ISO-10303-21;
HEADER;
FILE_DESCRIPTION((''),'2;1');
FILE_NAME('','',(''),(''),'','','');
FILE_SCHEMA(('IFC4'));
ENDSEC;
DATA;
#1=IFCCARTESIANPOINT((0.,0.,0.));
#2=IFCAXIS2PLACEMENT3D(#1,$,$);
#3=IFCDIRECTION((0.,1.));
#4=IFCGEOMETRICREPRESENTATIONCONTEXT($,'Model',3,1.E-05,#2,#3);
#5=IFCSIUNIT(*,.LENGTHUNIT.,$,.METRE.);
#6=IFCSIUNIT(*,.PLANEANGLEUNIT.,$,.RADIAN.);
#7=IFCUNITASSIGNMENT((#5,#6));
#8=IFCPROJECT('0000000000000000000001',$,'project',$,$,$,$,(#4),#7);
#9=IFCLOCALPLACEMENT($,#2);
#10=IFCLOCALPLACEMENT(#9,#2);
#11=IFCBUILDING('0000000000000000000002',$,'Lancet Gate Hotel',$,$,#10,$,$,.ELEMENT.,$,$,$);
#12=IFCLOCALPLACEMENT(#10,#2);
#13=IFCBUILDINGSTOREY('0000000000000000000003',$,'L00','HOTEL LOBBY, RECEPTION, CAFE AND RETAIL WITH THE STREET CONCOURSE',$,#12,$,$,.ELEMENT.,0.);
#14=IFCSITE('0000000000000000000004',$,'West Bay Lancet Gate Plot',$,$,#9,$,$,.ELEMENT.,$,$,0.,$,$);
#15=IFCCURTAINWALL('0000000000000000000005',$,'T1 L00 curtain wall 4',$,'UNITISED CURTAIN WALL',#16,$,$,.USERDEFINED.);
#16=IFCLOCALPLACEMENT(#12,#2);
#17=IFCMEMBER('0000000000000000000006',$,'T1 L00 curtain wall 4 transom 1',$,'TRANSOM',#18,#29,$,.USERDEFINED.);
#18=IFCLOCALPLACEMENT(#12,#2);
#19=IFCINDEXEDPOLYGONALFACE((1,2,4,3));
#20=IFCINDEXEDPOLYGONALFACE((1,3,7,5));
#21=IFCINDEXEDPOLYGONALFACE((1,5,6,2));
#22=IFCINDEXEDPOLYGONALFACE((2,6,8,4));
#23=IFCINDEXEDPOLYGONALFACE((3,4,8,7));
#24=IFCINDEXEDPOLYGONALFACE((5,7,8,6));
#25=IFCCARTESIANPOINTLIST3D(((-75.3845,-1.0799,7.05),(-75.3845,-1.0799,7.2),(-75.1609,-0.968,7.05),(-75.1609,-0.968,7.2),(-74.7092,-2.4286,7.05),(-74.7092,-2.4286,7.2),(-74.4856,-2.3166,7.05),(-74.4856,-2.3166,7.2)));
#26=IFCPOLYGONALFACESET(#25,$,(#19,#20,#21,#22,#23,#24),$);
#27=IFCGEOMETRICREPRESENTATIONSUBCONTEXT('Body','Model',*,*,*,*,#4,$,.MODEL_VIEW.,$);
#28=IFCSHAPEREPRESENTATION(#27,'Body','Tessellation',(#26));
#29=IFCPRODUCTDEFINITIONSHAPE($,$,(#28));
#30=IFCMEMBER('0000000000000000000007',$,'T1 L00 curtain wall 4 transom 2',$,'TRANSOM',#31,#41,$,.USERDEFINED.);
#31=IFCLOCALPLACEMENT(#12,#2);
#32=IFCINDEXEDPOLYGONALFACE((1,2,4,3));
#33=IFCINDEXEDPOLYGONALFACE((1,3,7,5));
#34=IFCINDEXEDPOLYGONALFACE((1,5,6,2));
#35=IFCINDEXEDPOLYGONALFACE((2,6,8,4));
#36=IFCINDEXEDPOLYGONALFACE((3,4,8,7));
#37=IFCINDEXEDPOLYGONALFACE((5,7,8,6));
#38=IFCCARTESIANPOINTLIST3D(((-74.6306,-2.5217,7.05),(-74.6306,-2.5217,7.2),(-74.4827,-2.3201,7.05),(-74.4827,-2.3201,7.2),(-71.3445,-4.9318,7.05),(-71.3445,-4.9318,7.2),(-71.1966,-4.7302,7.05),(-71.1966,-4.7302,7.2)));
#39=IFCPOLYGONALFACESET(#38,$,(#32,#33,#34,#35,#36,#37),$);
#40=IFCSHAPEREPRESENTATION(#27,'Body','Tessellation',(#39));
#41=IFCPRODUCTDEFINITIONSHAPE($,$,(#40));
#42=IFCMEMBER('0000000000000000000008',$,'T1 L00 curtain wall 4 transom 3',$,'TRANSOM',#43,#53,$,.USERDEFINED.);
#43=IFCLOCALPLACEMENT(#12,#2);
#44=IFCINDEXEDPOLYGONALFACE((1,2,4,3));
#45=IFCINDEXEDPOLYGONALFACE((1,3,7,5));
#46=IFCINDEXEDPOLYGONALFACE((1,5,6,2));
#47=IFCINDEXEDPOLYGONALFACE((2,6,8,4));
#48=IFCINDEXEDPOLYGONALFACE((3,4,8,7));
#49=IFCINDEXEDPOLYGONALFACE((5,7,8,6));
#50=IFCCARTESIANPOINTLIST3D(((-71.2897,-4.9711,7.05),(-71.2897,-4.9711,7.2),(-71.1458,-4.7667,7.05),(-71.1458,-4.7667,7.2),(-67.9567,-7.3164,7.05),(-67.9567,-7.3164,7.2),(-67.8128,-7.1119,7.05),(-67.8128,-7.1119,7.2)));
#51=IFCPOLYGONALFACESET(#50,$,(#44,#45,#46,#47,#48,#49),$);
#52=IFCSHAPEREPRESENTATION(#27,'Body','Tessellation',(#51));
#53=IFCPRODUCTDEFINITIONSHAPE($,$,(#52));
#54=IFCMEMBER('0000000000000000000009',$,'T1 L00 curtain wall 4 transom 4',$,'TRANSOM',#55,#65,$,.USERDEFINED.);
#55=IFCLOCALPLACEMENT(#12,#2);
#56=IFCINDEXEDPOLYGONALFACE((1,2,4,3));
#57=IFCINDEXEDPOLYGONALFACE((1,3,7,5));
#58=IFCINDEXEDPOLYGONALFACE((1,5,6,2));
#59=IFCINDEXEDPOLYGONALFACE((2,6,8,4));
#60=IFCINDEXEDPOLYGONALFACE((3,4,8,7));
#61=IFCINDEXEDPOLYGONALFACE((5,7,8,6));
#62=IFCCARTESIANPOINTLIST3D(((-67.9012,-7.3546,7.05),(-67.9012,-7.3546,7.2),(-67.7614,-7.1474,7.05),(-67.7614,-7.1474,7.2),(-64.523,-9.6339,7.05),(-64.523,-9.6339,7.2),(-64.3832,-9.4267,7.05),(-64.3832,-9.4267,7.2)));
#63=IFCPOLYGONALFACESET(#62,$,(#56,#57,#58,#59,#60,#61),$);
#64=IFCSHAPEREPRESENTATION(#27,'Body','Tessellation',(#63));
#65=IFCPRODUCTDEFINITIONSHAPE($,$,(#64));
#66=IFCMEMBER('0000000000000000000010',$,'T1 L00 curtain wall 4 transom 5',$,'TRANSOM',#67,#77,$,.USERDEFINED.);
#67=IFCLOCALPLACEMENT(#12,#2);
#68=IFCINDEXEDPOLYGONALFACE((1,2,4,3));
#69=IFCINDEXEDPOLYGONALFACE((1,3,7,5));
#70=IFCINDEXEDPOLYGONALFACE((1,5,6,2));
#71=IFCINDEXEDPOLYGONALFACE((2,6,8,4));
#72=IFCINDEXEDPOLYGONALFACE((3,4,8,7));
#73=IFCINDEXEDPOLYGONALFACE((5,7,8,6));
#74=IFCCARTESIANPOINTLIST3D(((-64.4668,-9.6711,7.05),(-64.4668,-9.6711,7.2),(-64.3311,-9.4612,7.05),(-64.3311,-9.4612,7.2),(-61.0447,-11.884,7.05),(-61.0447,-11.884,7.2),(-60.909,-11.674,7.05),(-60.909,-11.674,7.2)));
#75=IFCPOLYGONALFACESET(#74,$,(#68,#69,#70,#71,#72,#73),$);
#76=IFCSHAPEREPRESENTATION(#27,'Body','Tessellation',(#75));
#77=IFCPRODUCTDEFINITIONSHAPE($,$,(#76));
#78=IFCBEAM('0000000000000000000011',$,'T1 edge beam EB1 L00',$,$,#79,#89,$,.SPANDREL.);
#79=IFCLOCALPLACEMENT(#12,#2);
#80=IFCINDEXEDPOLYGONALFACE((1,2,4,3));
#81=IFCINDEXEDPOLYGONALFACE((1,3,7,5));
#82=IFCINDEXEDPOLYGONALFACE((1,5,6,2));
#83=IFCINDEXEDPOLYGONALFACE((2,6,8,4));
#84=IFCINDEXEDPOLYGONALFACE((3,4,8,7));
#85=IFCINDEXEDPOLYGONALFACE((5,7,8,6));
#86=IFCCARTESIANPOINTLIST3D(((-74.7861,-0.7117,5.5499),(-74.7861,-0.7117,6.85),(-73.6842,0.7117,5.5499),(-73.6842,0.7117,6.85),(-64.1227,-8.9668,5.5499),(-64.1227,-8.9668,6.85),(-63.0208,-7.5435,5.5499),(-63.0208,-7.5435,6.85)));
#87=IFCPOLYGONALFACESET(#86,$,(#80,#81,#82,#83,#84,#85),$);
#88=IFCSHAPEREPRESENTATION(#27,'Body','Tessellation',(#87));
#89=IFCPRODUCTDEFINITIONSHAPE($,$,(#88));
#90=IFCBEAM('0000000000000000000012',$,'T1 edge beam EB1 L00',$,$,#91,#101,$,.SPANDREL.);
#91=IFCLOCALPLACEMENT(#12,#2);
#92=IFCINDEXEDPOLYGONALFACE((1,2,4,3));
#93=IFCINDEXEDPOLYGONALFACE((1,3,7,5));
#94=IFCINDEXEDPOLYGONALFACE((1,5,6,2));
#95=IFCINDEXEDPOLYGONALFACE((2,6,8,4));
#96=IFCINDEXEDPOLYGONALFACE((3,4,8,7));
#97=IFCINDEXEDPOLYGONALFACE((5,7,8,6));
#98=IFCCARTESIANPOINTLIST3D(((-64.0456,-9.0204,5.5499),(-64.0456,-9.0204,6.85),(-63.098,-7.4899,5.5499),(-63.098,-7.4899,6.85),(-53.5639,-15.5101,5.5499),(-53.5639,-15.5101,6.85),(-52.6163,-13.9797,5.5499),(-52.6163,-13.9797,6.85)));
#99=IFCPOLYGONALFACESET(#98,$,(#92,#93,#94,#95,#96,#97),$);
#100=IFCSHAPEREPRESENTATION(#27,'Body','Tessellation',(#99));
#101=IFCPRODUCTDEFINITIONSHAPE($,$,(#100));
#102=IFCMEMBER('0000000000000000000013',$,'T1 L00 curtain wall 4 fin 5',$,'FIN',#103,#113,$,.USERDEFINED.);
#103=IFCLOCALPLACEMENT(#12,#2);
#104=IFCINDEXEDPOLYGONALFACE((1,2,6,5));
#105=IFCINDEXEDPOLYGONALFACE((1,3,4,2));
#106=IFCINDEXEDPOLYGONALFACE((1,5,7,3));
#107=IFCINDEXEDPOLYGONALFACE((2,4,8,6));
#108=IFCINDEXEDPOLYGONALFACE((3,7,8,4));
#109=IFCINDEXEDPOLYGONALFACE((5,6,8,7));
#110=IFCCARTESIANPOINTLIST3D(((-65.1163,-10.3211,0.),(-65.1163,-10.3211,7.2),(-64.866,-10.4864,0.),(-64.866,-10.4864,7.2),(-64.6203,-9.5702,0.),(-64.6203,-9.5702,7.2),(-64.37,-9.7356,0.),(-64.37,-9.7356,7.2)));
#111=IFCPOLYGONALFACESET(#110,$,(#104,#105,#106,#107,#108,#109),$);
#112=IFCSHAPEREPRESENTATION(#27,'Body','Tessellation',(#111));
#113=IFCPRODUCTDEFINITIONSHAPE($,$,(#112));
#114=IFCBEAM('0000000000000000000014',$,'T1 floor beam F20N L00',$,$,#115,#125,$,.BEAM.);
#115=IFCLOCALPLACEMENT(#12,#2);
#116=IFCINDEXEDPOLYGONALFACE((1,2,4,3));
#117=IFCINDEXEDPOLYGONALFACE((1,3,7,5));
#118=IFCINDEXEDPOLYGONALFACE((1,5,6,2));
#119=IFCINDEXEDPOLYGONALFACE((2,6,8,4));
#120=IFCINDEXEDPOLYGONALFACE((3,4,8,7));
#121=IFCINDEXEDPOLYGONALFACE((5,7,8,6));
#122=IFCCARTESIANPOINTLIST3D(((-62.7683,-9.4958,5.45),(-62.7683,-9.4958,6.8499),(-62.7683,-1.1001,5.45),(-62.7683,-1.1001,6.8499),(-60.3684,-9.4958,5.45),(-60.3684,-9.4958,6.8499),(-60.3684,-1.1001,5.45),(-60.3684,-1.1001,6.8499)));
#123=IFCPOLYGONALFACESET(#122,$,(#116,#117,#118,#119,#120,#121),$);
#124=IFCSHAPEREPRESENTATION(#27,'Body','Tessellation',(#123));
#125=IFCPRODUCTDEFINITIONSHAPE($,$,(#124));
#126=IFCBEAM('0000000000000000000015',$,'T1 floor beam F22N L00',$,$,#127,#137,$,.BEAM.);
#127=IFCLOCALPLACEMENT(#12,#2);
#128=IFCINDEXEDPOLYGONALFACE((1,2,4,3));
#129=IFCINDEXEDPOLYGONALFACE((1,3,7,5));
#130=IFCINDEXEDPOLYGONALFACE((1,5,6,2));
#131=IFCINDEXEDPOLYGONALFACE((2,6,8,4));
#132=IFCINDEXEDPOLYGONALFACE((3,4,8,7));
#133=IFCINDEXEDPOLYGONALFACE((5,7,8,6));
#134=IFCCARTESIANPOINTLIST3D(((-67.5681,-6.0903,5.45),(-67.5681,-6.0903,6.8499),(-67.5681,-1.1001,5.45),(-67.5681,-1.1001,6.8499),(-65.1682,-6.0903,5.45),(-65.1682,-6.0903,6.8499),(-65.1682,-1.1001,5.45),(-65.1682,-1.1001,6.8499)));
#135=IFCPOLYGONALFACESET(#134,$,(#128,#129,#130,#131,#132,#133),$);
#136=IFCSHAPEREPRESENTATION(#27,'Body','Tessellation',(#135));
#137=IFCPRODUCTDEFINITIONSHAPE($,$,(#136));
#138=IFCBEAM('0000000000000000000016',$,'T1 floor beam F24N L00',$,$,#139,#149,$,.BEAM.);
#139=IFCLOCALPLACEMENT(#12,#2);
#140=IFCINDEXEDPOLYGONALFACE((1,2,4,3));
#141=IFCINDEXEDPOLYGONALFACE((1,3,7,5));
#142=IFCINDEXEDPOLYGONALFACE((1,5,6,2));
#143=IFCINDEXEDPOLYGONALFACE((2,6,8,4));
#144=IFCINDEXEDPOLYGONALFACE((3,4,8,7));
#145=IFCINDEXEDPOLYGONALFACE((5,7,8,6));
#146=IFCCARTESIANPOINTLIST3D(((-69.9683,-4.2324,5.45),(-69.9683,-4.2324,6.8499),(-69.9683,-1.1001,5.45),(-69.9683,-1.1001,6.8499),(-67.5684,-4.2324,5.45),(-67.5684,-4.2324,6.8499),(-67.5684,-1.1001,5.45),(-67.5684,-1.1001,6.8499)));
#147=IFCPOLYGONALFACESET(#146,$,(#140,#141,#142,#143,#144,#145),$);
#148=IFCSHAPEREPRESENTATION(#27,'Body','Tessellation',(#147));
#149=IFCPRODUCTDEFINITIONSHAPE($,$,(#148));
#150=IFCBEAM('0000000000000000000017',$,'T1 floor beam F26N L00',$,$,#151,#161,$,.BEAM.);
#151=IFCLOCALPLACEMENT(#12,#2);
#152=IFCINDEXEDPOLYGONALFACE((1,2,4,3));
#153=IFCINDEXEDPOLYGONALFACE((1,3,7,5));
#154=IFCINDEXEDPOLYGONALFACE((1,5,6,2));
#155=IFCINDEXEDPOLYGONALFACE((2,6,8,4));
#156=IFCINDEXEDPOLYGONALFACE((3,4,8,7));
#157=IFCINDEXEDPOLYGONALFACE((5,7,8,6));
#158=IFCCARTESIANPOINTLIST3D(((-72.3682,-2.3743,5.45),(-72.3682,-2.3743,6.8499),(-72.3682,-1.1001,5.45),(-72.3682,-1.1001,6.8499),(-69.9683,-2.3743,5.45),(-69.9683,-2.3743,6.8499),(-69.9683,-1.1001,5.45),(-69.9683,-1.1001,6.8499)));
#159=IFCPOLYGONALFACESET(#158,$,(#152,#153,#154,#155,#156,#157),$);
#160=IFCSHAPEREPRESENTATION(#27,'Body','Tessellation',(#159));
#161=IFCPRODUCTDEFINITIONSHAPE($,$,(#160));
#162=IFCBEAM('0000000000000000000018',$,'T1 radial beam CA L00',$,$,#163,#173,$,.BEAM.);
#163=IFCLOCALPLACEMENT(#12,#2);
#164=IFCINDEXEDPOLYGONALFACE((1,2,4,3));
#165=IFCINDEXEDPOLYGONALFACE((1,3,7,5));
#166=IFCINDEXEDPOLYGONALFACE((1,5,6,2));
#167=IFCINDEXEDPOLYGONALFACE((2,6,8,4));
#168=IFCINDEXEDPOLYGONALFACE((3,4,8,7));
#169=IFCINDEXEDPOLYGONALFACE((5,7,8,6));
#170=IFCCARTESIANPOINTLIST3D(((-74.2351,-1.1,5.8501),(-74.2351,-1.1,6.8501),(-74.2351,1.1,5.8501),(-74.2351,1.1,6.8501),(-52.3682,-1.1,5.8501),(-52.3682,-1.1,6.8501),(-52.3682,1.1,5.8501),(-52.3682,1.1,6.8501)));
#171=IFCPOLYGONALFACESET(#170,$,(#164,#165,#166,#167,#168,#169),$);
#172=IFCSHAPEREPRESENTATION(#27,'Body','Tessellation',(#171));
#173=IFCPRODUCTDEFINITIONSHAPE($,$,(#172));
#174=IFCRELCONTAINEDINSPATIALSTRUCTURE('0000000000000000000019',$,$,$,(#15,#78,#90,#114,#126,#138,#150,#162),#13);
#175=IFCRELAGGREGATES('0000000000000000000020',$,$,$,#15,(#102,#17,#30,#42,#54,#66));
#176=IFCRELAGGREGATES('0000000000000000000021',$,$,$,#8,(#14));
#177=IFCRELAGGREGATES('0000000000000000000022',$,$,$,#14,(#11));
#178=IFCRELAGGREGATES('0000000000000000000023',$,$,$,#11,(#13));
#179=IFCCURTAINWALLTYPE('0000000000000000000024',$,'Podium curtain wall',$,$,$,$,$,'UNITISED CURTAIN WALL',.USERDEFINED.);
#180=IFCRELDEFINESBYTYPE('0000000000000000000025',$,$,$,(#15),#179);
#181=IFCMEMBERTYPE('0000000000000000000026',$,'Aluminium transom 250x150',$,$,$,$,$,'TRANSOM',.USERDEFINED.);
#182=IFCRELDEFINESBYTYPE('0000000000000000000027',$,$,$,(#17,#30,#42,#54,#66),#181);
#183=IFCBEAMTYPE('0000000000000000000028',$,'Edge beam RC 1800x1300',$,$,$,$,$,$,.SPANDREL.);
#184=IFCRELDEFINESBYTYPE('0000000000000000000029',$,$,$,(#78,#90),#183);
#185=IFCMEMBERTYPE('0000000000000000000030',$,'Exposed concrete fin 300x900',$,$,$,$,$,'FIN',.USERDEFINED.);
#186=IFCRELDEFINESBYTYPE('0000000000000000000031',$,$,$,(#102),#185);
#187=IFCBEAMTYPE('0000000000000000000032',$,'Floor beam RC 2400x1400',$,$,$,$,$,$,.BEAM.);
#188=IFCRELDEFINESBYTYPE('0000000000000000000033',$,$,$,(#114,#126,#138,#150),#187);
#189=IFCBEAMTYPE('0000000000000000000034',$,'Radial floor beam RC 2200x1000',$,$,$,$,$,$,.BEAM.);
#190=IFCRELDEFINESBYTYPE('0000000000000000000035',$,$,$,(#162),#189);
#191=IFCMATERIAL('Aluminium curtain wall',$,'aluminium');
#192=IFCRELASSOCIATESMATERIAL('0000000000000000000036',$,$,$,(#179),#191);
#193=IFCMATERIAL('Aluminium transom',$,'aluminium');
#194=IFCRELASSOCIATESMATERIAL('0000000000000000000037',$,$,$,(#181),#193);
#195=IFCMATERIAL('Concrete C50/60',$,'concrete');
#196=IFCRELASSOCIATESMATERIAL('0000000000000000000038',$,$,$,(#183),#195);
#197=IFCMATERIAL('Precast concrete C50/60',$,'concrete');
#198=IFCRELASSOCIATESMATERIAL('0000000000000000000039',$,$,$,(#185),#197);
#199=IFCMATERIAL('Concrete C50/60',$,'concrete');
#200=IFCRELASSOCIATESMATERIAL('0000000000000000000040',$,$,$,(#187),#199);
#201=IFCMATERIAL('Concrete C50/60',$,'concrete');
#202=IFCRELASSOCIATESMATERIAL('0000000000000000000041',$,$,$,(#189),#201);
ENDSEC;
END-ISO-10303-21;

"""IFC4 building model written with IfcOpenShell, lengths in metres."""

from ifc_helpers import new_model, si_unit, direction, frame, origin, origin_2d, place, context, subcontext, project, spatial, rectangle, extrude, material, material_profile, profile_set, type_object, element, aggregate, save


model = new_model("IFC4")

# Units and contexts
model_context = context("Model", 3, precision=1e-05, world=origin(), true_north=direction((0.0, 1.0)))
body_context = subcontext(model_context, "Body", "Model", "MODEL_VIEW")
ifc_project = project(units=[si_unit("LENGTHUNIT", "METRE"), si_unit("PLANEANGLEUNIT", "RADIAN")], contexts=[model_context])

# Site, building, storey
site_placement = place(None, origin())
site = spatial("IfcSite", under=ifc_project, at=site_placement, Name="West Bay Lancet Gate Plot", CompositionType="ELEMENT", RefElevation=0.0)
building_placement = place(site_placement, origin())
building = spatial("IfcBuilding", under=site, at=building_placement, Name="Lancet Gate Hotel", CompositionType="ELEMENT")
storey_placement = place(building_placement, origin())
storey = spatial("IfcBuildingStorey", under=building, at=storey_placement, Name="L00", Description="HOTEL LOBBY, RECEPTION, CAFE AND RETAIL WITH THE STREET CONCOURSE", CompositionType="ELEMENT", Elevation=0.0)

# Curtain wall, members
ifc_material_1 = material(Name="Aluminium curtain wall", Category="aluminium")
curtain_wall_type = type_object("IfcCurtainWallType", Name="Podium curtain wall", ElementType="UNITISED CURTAIN WALL", PredefinedType="USERDEFINED", material=ifc_material_1)
curtain_wall_placement = place(storey_placement, origin())
curtain_wall = element("IfcCurtainWall", 1, at=curtain_wall_placement, inside=storey, type_object=curtain_wall_type, Name="T1 L00 curtain wall 4", ObjectType="UNITISED CURTAIN WALL", PredefinedType="USERDEFINED")
ifc_material_2 = material(Name="Aluminium transom", Category="aluminium")
ifc_material_profile_1 = material_profile(ifc_material_2, rectangle(XDim=0.25, YDim=0.1499, at=origin_2d()), Name="TRANSOM 250x150")
ifc_profile_set_1 = profile_set([ifc_material_profile_1], Name="Aluminium transom")
member_type_1 = type_object("IfcMemberType", Name="Aluminium transom 250x150", ElementType="TRANSOM", PredefinedType="USERDEFINED", material=ifc_profile_set_1)
member_1_placement = place(storey_placement, frame((-75.2727, -1.0239, 7.125), z_axis=(0.447732, -0.894168, 0.0), x_axis=(0.894168, 0.447732, 0.0)))
member_1 = element("IfcMember", 2, at=member_1_placement, type_object=member_type_1, Name="T1 L00 curtain wall 4 transom 1", ObjectType="TRANSOM", PredefinedType="USERDEFINED", context=body_context, shape_type="SweptSolid", body=[
    extrude(rectangle(XDim=0.25, YDim=0.1499, at=origin_2d()), origin(), (0.0, 0.0, 1.0), 1.5083),
])
member_2_placement = place(storey_placement, frame((-74.5566, -2.4209, 7.125), z_axis=(0.806367, -0.591416, 0.0), x_axis=(0.591416, 0.806367, 0.0)))
member_2 = element("IfcMember", 3, at=member_2_placement, type_object=member_type_1, Name="T1 L00 curtain wall 4 transom 2", ObjectType="TRANSOM", PredefinedType="USERDEFINED", context=body_context, shape_type="SweptSolid", body=[
    extrude(rectangle(XDim=0.25, YDim=0.1499, at=origin_2d()), origin(), (0.0, 0.0, 1.0), 4.0752),
])
member_3_placement = place(storey_placement, frame((-71.2178, -4.8689, 7.125), z_axis=(0.817834, -0.575455, 0.0), x_axis=(0.575455, 0.817834, 0.0)))
member_3 = element("IfcMember", 4, at=member_3_placement, type_object=member_type_1, Name="T1 L00 curtain wall 4 transom 3", ObjectType="TRANSOM", PredefinedType="USERDEFINED", context=body_context, shape_type="SweptSolid", body=[
    extrude(rectangle(XDim=0.25, YDim=0.1499, at=origin_2d()), origin(), (0.0, 0.0, 1.0), 4.0754),
])
member_4_placement = place(storey_placement, frame((-67.8313, -7.251, 7.125), z_axis=(0.828959, -0.559309, 0.0), x_axis=(0.559309, 0.828959, 0.0)))
member_4 = element("IfcMember", 5, at=member_4_placement, type_object=member_type_1, Name="T1 L00 curtain wall 4 transom 4", ObjectType="TRANSOM", PredefinedType="USERDEFINED", context=body_context, shape_type="SweptSolid", body=[
    extrude(rectangle(XDim=0.25, YDim=0.1499, at=origin_2d()), origin(), (0.0, 0.0, 1.0), 4.0752),
])
member_5_placement = place(storey_placement, frame((-64.3989, -9.5662, 7.125), z_axis=(0.839729, -0.543005, 0.0), x_axis=(0.543005, 0.839729, 0.0)))
member_5 = element("IfcMember", 6, at=member_5_placement, type_object=member_type_1, Name="T1 L00 curtain wall 4 transom 5", ObjectType="TRANSOM", PredefinedType="USERDEFINED", context=body_context, shape_type="SweptSolid", body=[
    extrude(rectangle(XDim=0.25, YDim=0.1499, at=origin_2d()), origin(), (0.0, 0.0, 1.0), 4.0752),
])

# Beams
ifc_material_3 = material(Name="Concrete C50/60", Category="concrete")
ifc_material_profile_2 = material_profile(ifc_material_3, rectangle(XDim=1.8, YDim=1.3, at=origin_2d()), Name="RC 1800x1300")
ifc_profile_set_2 = profile_set([ifc_material_profile_2], Name="Concrete C50/60")
beam_type_1 = type_object("IfcBeamType", Name="Edge beam RC 1800x1300", PredefinedType="SPANDREL", material=ifc_profile_set_2)
beam_1_placement = place(storey_placement, frame((-74.2351, 0.0, 6.2), z_axis=(0.790736, -0.612157, 0.0), x_axis=(0.612157, 0.790736, 0.0)))
element("IfcBeam", 7, at=beam_1_placement, inside=storey, type_object=beam_type_1, Name="T1 edge beam EB1 L00", PredefinedType="SPANDREL", context=body_context, shape_type="SweptSolid", body=[
    extrude(rectangle(XDim=1.8, YDim=1.3, at=origin_2d()), origin(), (0.0, 0.0, 1.0), 13.4854),
])
beam_2_placement = place(storey_placement, frame((-63.5718, -8.2551, 6.2), z_axis=(0.850226, -0.526418, 0.0), x_axis=(0.526418, 0.850226, 0.0)))
element("IfcBeam", 8, at=beam_2_placement, inside=storey, type_object=beam_type_1, Name="T1 edge beam EB1 L00", PredefinedType="SPANDREL", context=body_context, shape_type="SweptSolid", body=[
    extrude(rectangle(XDim=1.8, YDim=1.3, at=origin_2d()), origin(), (0.0, 0.0, 1.0), 12.3281),
])

# Member
ifc_material_4 = material(Name="Precast concrete C50/60", Category="concrete")
ifc_material_profile_3 = material_profile(ifc_material_4, rectangle(XDim=0.3, YDim=0.8999, at=origin_2d()), Name="FIN 300x900")
ifc_profile_set_3 = profile_set([ifc_material_profile_3], Name="Precast concrete C50/60")
member_type_2 = type_object("IfcMemberType", Name="Exposed concrete fin 300x900", ElementType="FIN", PredefinedType="USERDEFINED", material=ifc_profile_set_3)
member_6_placement = place(storey_placement, frame((-64.7432, -10.0283, 0.0), z_axis=(0.0, 0.0, 1.0), x_axis=(0.834387, -0.551178, 0.0)))
member_6 = element("IfcMember", 9, at=member_6_placement, type_object=member_type_2, Name="T1 L00 curtain wall 4 fin 5", ObjectType="FIN", PredefinedType="USERDEFINED", context=body_context, shape_type="SweptSolid", body=[
    extrude(rectangle(XDim=0.3, YDim=0.8999, at=origin_2d()), origin(), (0.0, 0.0, 1.0), 7.2),
])

# Beams
ifc_material_5 = material(Name="Concrete C50/60", Category="concrete")
ifc_material_profile_4 = material_profile(ifc_material_5, rectangle(XDim=2.3999, YDim=1.3999, at=origin_2d()), Name="RC 2400x1400")
ifc_profile_set_4 = profile_set([ifc_material_profile_4], Name="Concrete C50/60")
beam_type_2 = type_object("IfcBeamType", Name="Floor beam RC 2400x1400", PredefinedType="BEAM", material=ifc_profile_set_4)
beam_3_placement = place(storey_placement, frame((-61.5684, -1.1001, 6.1499), z_axis=(0.0, -1.0, 0.0), x_axis=(1.0, 0.0, 0.0)))
element("IfcBeam", 10, at=beam_3_placement, inside=storey, type_object=beam_type_2, Name="T1 floor beam F20N L00", PredefinedType="BEAM", context=body_context, shape_type="SweptSolid", body=[
    extrude(rectangle(XDim=2.3999, YDim=1.3999, at=origin_2d()), origin(), (0.0, 0.0, 1.0), 8.3958),
])
beam_4_placement = place(storey_placement, frame((-66.3682, -1.1001, 6.1499), z_axis=(0.0, -1.0, 0.0), x_axis=(1.0, 0.0, 0.0)))
element("IfcBeam", 11, at=beam_4_placement, inside=storey, type_object=beam_type_2, Name="T1 floor beam F22N L00", PredefinedType="BEAM", context=body_context, shape_type="SweptSolid", body=[
    extrude(rectangle(XDim=2.3999, YDim=1.3999, at=origin_2d()), origin(), (0.0, 0.0, 1.0), 4.9902),
])
beam_5_placement = place(storey_placement, frame((-68.7683, -1.1001, 6.1499), z_axis=(0.0, -1.0, 0.0), x_axis=(1.0, 0.0, 0.0)))
element("IfcBeam", 12, at=beam_5_placement, inside=storey, type_object=beam_type_2, Name="T1 floor beam F24N L00", PredefinedType="BEAM", context=body_context, shape_type="SweptSolid", body=[
    extrude(rectangle(XDim=2.3999, YDim=1.3999, at=origin_2d()), origin(), (0.0, 0.0, 1.0), 3.1323),
])
beam_6_placement = place(storey_placement, frame((-71.1682, -1.1001, 6.1499), z_axis=(0.0, -1.0, 0.0), x_axis=(1.0, 0.0, 0.0)))
element("IfcBeam", 13, at=beam_6_placement, inside=storey, type_object=beam_type_2, Name="T1 floor beam F26N L00", PredefinedType="BEAM", context=body_context, shape_type="SweptSolid", body=[
    extrude(rectangle(XDim=2.3999, YDim=1.3999, at=origin_2d()), origin(), (0.0, 0.0, 1.0), 1.2742),
])
ifc_material_6 = material(Name="Concrete C50/60", Category="concrete")
ifc_material_profile_5 = material_profile(ifc_material_6, rectangle(XDim=2.2, YDim=1.0, at=origin_2d()), Name="RC 2200x1000")
ifc_profile_set_5 = profile_set([ifc_material_profile_5], Name="Concrete C50/60")
beam_type_3 = type_object("IfcBeamType", Name="Radial floor beam RC 2200x1000", PredefinedType="BEAM", material=ifc_profile_set_5)
beam_7_placement = place(storey_placement, frame((-74.2351, 0.0, 6.3501), z_axis=(1.0, 0.0, 0.0), x_axis=(0.0, 1.0, 0.0)))
element("IfcBeam", 14, at=beam_7_placement, inside=storey, type_object=beam_type_3, Name="T1 radial beam CA L00", PredefinedType="BEAM", context=body_context, shape_type="SweptSolid", body=[
    extrude(rectangle(XDim=2.2, YDim=1.0, at=origin_2d()), origin(), (0.0, 0.0, 1.0), 21.8669),
])

aggregate(curtain_wall, [member_6, member_1, member_2, member_3, member_4, member_5])

save(model, "model.ifc")
